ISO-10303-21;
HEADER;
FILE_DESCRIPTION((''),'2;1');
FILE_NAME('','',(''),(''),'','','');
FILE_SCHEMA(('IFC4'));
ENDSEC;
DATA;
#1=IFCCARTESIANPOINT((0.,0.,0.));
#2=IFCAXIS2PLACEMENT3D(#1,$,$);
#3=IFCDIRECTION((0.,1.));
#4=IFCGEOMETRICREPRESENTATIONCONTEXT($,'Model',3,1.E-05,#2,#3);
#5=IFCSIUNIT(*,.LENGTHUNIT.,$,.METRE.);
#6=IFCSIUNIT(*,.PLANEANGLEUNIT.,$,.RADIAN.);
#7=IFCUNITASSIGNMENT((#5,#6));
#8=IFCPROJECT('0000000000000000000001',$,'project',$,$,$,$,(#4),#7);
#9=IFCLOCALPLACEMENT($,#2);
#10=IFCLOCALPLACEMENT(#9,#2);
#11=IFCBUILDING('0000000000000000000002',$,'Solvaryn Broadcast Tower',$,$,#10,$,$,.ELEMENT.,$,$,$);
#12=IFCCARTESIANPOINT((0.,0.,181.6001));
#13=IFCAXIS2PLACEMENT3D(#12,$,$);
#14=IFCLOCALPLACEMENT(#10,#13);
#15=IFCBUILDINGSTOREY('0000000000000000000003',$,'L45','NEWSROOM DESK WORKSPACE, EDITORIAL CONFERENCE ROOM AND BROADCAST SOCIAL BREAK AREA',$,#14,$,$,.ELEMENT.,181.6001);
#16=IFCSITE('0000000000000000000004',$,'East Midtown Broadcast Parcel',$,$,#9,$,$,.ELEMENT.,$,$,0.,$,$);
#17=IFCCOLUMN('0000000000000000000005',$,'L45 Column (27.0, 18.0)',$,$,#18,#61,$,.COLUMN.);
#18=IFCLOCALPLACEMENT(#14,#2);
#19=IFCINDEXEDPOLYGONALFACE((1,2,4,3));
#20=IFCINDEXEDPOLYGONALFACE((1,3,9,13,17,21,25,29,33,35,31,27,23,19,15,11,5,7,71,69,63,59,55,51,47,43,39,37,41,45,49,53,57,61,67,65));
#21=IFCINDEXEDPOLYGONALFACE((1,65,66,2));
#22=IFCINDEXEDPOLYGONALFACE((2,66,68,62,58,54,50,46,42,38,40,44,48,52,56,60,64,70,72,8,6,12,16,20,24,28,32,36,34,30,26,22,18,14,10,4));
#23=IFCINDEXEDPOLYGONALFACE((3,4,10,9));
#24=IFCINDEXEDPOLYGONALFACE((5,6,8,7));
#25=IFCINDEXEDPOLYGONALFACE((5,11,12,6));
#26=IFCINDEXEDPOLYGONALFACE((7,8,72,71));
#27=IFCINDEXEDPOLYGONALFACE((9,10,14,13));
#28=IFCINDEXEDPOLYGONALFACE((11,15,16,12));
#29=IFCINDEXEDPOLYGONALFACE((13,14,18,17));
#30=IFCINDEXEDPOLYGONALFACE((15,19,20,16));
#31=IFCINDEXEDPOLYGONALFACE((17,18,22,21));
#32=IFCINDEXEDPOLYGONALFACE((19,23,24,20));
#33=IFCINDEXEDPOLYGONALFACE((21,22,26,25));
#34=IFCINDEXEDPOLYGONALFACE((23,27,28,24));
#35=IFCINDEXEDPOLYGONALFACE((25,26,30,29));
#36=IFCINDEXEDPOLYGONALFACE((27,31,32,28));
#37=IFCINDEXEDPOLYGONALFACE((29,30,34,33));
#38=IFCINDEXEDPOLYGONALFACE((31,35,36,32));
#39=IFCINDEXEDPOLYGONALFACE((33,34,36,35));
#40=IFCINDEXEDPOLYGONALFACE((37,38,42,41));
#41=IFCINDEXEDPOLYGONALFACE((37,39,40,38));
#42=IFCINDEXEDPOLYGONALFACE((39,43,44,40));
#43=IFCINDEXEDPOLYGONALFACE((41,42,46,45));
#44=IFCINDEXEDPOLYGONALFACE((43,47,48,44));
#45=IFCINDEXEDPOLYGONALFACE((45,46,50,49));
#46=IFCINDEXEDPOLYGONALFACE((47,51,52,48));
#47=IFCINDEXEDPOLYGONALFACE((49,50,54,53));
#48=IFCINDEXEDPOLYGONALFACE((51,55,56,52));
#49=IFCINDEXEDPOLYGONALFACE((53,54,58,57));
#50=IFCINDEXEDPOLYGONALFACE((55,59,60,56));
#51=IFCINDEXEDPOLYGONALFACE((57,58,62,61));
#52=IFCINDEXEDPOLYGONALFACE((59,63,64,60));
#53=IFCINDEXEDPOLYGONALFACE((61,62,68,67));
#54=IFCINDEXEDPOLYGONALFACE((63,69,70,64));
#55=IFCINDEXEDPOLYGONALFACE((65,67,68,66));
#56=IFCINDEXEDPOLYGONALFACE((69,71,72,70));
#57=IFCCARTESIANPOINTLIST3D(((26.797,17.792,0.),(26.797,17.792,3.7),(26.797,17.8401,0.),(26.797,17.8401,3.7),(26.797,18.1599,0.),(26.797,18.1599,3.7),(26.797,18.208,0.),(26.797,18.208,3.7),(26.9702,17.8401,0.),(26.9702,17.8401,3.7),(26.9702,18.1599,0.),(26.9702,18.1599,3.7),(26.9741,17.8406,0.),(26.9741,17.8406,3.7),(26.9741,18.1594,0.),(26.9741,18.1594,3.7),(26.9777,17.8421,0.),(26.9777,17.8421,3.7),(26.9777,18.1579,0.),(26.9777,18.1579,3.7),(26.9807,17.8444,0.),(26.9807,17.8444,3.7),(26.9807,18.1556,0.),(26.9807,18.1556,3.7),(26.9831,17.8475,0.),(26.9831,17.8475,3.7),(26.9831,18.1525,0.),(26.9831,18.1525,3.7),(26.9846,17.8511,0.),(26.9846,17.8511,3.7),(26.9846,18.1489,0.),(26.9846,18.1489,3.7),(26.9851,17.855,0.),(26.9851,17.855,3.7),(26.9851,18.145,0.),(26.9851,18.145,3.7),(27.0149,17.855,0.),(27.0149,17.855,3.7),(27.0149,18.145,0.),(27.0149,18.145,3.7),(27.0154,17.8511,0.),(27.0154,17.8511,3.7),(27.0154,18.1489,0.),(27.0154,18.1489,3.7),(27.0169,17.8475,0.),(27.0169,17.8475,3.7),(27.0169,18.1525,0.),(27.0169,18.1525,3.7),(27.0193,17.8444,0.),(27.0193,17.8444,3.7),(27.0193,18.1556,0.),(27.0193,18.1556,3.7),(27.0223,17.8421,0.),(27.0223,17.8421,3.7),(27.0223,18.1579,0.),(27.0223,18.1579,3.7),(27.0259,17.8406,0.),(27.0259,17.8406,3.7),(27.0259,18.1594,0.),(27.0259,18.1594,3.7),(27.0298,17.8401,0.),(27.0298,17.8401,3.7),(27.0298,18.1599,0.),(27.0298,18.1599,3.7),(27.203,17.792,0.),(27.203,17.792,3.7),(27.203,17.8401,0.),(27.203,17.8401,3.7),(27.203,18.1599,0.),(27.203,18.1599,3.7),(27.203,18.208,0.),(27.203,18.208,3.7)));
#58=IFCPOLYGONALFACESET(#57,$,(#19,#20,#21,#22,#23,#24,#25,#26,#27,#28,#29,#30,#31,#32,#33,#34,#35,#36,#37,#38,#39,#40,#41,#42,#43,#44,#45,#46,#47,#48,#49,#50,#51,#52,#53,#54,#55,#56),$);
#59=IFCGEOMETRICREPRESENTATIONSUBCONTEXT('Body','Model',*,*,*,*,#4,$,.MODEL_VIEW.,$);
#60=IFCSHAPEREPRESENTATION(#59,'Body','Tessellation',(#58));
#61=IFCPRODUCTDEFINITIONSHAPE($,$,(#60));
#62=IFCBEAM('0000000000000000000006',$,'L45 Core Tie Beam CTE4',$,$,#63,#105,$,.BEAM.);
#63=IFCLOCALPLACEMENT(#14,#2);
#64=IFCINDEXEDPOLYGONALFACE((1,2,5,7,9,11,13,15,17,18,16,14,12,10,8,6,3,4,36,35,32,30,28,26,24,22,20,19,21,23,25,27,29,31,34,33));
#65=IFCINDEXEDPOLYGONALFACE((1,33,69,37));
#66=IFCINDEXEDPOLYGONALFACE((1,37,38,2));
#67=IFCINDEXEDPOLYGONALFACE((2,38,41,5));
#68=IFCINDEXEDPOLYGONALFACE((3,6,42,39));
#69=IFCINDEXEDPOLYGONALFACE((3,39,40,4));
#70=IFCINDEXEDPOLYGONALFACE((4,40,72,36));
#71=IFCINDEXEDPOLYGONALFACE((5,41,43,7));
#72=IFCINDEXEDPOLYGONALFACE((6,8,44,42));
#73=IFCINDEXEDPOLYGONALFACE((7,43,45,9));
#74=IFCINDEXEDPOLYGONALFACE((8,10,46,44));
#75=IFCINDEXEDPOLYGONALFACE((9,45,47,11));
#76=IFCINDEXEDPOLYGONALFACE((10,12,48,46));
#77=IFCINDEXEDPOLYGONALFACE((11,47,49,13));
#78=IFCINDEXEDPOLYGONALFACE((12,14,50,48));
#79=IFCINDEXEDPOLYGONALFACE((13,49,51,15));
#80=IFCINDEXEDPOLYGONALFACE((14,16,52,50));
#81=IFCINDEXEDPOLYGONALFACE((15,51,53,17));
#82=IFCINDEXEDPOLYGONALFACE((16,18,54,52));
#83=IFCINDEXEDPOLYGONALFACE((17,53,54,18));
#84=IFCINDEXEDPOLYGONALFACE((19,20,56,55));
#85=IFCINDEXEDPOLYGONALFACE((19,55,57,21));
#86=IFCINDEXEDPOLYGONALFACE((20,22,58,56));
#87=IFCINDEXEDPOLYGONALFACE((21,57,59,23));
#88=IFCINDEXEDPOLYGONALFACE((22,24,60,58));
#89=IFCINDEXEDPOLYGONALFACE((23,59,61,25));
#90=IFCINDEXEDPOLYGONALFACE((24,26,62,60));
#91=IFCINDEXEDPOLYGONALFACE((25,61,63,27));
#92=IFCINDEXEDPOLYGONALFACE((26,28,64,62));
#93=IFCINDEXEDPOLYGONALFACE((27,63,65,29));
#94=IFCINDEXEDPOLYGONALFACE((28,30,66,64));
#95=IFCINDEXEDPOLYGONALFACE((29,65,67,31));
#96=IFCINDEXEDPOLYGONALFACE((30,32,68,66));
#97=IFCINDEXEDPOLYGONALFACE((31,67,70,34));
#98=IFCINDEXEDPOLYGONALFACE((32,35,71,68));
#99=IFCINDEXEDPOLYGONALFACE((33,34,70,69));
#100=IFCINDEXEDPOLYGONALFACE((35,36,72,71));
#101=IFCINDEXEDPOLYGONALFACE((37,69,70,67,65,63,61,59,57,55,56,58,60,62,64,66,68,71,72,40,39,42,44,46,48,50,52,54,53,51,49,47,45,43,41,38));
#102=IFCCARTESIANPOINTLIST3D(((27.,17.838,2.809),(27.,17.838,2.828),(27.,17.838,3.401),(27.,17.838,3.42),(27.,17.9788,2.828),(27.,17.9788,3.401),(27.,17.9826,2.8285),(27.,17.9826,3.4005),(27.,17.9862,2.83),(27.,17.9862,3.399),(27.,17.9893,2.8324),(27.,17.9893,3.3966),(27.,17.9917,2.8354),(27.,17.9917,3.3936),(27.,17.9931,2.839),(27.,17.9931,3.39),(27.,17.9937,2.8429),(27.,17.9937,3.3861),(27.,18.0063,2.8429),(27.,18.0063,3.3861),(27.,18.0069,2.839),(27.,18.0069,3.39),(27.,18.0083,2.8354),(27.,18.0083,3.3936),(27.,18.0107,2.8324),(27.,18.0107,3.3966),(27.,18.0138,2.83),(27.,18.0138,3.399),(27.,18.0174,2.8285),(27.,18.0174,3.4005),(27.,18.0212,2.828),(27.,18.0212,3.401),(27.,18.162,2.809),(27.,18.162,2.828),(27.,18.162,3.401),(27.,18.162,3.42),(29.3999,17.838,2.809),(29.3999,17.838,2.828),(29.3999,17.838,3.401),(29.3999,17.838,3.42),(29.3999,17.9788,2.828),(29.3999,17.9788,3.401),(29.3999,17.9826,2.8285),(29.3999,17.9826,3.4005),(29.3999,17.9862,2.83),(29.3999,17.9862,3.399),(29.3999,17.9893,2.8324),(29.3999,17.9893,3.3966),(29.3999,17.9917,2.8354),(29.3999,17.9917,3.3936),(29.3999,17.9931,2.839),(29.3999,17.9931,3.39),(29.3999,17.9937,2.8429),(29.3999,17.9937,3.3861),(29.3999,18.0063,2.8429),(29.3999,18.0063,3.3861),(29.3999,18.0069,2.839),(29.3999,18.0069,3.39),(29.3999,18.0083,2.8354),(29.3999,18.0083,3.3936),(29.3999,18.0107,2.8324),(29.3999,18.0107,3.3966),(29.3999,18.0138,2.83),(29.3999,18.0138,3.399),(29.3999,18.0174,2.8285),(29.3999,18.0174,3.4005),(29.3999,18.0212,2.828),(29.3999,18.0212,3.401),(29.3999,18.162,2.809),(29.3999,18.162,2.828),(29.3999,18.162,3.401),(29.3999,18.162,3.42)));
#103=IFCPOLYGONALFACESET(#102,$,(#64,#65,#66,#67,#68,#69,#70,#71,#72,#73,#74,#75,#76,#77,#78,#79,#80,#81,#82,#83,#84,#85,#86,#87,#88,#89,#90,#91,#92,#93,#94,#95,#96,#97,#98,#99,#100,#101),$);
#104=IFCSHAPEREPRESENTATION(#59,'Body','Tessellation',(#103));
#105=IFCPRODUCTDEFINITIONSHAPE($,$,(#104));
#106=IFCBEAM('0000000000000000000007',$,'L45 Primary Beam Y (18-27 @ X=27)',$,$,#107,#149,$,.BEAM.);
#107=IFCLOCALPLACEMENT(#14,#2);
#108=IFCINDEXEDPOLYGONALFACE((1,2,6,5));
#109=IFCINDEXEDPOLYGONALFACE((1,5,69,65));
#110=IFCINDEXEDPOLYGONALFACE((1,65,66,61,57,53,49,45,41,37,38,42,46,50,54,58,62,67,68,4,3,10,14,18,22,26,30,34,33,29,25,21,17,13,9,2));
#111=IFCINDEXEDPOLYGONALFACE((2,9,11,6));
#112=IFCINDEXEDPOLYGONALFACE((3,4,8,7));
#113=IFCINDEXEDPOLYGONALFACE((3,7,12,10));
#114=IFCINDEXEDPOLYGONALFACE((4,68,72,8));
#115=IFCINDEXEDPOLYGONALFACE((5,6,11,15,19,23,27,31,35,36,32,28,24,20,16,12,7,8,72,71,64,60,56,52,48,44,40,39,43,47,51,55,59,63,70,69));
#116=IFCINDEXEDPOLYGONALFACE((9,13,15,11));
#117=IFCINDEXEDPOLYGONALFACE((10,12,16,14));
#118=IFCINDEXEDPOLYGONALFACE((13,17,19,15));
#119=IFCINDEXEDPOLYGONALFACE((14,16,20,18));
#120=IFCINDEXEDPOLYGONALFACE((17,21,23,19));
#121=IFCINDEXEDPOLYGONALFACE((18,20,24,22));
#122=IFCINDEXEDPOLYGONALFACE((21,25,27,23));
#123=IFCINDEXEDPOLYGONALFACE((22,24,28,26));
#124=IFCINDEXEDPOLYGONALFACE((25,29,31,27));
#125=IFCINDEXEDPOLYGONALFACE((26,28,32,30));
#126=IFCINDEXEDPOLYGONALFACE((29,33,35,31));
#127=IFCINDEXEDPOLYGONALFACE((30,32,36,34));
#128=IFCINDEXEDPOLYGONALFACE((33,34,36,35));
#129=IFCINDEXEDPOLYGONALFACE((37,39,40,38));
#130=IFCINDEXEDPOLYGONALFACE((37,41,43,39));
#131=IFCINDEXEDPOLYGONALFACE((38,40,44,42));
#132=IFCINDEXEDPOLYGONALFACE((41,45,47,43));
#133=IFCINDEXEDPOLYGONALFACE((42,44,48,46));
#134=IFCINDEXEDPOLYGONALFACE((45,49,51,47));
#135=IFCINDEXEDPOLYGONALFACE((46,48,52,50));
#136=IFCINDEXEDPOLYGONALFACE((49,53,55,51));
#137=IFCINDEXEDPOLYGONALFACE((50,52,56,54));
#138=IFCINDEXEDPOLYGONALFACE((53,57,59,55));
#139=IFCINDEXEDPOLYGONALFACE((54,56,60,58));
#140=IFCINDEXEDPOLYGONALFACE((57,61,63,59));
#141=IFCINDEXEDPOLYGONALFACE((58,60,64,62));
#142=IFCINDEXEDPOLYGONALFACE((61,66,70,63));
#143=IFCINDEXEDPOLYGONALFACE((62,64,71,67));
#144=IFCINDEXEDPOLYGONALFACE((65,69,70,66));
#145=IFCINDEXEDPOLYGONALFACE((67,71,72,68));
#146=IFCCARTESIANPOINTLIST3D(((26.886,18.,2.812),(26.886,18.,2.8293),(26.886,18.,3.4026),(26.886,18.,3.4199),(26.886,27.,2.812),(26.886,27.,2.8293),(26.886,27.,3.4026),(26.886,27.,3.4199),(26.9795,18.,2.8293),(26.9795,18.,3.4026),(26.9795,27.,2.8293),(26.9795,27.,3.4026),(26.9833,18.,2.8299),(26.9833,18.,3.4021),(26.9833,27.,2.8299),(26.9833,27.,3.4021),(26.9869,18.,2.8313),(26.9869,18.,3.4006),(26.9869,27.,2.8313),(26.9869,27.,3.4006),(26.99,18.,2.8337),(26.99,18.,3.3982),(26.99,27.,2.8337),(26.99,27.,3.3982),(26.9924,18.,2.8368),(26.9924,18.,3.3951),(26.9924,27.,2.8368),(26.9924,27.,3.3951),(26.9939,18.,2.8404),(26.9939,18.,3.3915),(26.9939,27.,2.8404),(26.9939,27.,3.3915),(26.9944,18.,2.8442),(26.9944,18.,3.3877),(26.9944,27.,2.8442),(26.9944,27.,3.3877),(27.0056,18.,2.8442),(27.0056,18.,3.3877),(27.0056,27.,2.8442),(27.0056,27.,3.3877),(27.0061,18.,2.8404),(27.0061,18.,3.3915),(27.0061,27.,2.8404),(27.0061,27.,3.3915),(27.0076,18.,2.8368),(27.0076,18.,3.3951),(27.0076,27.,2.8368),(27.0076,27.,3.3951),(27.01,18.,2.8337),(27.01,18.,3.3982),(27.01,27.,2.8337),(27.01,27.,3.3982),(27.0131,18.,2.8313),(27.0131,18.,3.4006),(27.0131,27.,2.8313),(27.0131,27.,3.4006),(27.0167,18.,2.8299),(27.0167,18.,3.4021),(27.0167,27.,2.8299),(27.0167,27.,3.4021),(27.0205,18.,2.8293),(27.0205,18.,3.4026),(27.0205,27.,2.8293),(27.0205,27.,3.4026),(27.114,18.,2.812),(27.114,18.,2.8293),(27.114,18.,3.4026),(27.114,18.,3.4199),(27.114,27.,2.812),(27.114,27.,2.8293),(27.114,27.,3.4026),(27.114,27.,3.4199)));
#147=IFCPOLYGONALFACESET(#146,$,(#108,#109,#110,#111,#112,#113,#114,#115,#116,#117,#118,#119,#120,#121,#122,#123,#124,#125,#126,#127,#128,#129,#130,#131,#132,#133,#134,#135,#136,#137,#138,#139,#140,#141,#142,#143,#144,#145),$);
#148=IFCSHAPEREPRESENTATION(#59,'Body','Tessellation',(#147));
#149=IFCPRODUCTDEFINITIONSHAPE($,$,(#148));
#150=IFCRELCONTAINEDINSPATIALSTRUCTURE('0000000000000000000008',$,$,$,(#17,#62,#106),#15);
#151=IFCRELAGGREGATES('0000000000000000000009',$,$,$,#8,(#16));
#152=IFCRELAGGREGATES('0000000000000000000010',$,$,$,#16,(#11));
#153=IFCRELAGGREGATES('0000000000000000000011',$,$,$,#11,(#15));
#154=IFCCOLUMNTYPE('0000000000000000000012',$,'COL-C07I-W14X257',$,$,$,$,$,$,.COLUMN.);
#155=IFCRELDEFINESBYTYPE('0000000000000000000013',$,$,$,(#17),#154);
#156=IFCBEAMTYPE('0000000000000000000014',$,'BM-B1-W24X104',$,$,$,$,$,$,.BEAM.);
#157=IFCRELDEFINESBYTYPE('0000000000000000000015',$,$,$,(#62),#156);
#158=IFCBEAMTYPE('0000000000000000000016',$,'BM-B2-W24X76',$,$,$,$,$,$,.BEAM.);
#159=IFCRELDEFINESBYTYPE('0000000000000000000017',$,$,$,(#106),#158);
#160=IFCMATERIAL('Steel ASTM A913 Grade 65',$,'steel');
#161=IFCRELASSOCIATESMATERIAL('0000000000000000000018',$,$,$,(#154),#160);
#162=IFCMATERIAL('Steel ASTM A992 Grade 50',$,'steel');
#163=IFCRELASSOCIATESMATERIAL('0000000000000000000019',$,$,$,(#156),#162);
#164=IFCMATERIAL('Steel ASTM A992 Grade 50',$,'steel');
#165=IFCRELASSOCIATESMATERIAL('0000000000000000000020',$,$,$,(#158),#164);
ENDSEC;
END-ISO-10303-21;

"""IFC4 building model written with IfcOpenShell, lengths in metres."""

from ifc_helpers import new_model, si_unit, direction, frame, origin, origin_2d, place, context, subcontext, project, spatial, i_section, extrude, material, material_profile, profile_set, type_object, element, save


model = new_model("IFC4")

# Units and contexts
model_context = context("Model", 3, precision=1e-05, world=origin(), true_north=direction((0.0, 1.0)))
body_context = subcontext(model_context, "Body", "Model", "MODEL_VIEW")
ifc_project = project(units=[si_unit("LENGTHUNIT", "METRE"), si_unit("PLANEANGLEUNIT", "RADIAN")], contexts=[model_context])

# Site, building, storey
site_placement = place(None, origin())
site = spatial("IfcSite", under=ifc_project, at=site_placement, Name="East Midtown Broadcast Parcel", CompositionType="ELEMENT", RefElevation=0.0)
building_placement = place(site_placement, origin())
building = spatial("IfcBuilding", under=site, at=building_placement, Name="Solvaryn Broadcast Tower", CompositionType="ELEMENT")
storey_placement = place(building_placement, frame((0.0, 0.0, 181.6001)))
storey = spatial("IfcBuildingStorey", under=building, at=storey_placement, Name="L45", Description="NEWSROOM DESK WORKSPACE, EDITORIAL CONFERENCE ROOM AND BROADCAST SOCIAL BREAK AREA", CompositionType="ELEMENT", Elevation=181.6001)

# Column
ifc_material_1 = material(Name="Steel ASTM A913 Grade 65", Category="steel")
ifc_material_profile_1 = material_profile(ifc_material_1, i_section(OverallWidth=0.406, OverallDepth=0.416, WebThickness=0.0298, FlangeThickness=0.0481, FilletRadius=0.0149, at=origin_2d()))
ifc_profile_set_1 = profile_set([ifc_material_profile_1], Name="Steel ASTM A913 Grade 65")
column_type = type_object("IfcColumnType", Name="COL-C07I-W14X257", PredefinedType="COLUMN", material=ifc_profile_set_1)
column_placement = place(storey_placement, frame((27.0, 18.0, 0.0), z_axis=(0.0, 0.0, 1.0), x_axis=(1.0, 0.0, 0.0)))
element("IfcColumn", 1, at=column_placement, inside=storey, type_object=column_type, Name="L45 Column (27.0, 18.0)", PredefinedType="COLUMN", context=body_context, shape_type="SweptSolid", body=[
    extrude(i_section(OverallWidth=0.406, OverallDepth=0.416, WebThickness=0.0298, FlangeThickness=0.0481, FilletRadius=0.0149, at=origin_2d()), origin(), (0.0, 0.0, 1.0), 3.7),
])

# Beams
ifc_material_2 = material(Name="Steel ASTM A992 Grade 50", Category="steel")
ifc_material_profile_2 = material_profile(ifc_material_2, i_section(OverallWidth=0.324, OverallDepth=0.6111, WebThickness=0.0127, FlangeThickness=0.019, FilletRadius=0.0149, at=origin_2d()))
ifc_profile_set_2 = profile_set([ifc_material_profile_2], Name="Steel ASTM A992 Grade 50")
beam_type_1 = type_object("IfcBeamType", Name="BM-B1-W24X104", PredefinedType="BEAM", material=ifc_profile_set_2)
beam_1_placement = place(storey_placement, frame((27.0, 18.0, 3.1145), z_axis=(1.0, 0.0, 0.0), x_axis=(0.0, 1.0, 0.0)))
element("IfcBeam", 2, at=beam_1_placement, inside=storey, type_object=beam_type_1, Name="L45 Core Tie Beam CTE4", PredefinedType="BEAM", context=body_context, shape_type="SweptSolid", body=[
    extrude(i_section(OverallWidth=0.324, OverallDepth=0.6111, WebThickness=0.0127, FlangeThickness=0.019, FilletRadius=0.0149, at=origin_2d()), origin(), (0.0, 0.0, 1.0), 2.3999),
])
ifc_material_3 = material(Name="Steel ASTM A992 Grade 50", Category="steel")
ifc_material_profile_3 = material_profile(ifc_material_3, i_section(OverallWidth=0.228, OverallDepth=0.6079, WebThickness=0.0112, FlangeThickness=0.0173, FilletRadius=0.0149, at=origin_2d()))
ifc_profile_set_3 = profile_set([ifc_material_profile_3], Name="Steel ASTM A992 Grade 50")
beam_type_2 = type_object("IfcBeamType", Name="BM-B2-W24X76", PredefinedType="BEAM", material=ifc_profile_set_3)
beam_2_placement = place(storey_placement, frame((27.0, 18.0, 3.116), z_axis=(0.0, 1.0, 0.0), x_axis=(-1.0, 0.0, 0.0)))
element("IfcBeam", 3, at=beam_2_placement, inside=storey, type_object=beam_type_2, Name="L45 Primary Beam Y (18-27 @ X=27)", PredefinedType="BEAM", context=body_context, shape_type="SweptSolid", body=[
    extrude(i_section(OverallWidth=0.228, OverallDepth=0.6079, WebThickness=0.0112, FlangeThickness=0.0173, FilletRadius=0.0149, at=origin_2d()), origin(), (0.0, 0.0, 1.0), 9.0),
])

save(model, "model.ifc")
